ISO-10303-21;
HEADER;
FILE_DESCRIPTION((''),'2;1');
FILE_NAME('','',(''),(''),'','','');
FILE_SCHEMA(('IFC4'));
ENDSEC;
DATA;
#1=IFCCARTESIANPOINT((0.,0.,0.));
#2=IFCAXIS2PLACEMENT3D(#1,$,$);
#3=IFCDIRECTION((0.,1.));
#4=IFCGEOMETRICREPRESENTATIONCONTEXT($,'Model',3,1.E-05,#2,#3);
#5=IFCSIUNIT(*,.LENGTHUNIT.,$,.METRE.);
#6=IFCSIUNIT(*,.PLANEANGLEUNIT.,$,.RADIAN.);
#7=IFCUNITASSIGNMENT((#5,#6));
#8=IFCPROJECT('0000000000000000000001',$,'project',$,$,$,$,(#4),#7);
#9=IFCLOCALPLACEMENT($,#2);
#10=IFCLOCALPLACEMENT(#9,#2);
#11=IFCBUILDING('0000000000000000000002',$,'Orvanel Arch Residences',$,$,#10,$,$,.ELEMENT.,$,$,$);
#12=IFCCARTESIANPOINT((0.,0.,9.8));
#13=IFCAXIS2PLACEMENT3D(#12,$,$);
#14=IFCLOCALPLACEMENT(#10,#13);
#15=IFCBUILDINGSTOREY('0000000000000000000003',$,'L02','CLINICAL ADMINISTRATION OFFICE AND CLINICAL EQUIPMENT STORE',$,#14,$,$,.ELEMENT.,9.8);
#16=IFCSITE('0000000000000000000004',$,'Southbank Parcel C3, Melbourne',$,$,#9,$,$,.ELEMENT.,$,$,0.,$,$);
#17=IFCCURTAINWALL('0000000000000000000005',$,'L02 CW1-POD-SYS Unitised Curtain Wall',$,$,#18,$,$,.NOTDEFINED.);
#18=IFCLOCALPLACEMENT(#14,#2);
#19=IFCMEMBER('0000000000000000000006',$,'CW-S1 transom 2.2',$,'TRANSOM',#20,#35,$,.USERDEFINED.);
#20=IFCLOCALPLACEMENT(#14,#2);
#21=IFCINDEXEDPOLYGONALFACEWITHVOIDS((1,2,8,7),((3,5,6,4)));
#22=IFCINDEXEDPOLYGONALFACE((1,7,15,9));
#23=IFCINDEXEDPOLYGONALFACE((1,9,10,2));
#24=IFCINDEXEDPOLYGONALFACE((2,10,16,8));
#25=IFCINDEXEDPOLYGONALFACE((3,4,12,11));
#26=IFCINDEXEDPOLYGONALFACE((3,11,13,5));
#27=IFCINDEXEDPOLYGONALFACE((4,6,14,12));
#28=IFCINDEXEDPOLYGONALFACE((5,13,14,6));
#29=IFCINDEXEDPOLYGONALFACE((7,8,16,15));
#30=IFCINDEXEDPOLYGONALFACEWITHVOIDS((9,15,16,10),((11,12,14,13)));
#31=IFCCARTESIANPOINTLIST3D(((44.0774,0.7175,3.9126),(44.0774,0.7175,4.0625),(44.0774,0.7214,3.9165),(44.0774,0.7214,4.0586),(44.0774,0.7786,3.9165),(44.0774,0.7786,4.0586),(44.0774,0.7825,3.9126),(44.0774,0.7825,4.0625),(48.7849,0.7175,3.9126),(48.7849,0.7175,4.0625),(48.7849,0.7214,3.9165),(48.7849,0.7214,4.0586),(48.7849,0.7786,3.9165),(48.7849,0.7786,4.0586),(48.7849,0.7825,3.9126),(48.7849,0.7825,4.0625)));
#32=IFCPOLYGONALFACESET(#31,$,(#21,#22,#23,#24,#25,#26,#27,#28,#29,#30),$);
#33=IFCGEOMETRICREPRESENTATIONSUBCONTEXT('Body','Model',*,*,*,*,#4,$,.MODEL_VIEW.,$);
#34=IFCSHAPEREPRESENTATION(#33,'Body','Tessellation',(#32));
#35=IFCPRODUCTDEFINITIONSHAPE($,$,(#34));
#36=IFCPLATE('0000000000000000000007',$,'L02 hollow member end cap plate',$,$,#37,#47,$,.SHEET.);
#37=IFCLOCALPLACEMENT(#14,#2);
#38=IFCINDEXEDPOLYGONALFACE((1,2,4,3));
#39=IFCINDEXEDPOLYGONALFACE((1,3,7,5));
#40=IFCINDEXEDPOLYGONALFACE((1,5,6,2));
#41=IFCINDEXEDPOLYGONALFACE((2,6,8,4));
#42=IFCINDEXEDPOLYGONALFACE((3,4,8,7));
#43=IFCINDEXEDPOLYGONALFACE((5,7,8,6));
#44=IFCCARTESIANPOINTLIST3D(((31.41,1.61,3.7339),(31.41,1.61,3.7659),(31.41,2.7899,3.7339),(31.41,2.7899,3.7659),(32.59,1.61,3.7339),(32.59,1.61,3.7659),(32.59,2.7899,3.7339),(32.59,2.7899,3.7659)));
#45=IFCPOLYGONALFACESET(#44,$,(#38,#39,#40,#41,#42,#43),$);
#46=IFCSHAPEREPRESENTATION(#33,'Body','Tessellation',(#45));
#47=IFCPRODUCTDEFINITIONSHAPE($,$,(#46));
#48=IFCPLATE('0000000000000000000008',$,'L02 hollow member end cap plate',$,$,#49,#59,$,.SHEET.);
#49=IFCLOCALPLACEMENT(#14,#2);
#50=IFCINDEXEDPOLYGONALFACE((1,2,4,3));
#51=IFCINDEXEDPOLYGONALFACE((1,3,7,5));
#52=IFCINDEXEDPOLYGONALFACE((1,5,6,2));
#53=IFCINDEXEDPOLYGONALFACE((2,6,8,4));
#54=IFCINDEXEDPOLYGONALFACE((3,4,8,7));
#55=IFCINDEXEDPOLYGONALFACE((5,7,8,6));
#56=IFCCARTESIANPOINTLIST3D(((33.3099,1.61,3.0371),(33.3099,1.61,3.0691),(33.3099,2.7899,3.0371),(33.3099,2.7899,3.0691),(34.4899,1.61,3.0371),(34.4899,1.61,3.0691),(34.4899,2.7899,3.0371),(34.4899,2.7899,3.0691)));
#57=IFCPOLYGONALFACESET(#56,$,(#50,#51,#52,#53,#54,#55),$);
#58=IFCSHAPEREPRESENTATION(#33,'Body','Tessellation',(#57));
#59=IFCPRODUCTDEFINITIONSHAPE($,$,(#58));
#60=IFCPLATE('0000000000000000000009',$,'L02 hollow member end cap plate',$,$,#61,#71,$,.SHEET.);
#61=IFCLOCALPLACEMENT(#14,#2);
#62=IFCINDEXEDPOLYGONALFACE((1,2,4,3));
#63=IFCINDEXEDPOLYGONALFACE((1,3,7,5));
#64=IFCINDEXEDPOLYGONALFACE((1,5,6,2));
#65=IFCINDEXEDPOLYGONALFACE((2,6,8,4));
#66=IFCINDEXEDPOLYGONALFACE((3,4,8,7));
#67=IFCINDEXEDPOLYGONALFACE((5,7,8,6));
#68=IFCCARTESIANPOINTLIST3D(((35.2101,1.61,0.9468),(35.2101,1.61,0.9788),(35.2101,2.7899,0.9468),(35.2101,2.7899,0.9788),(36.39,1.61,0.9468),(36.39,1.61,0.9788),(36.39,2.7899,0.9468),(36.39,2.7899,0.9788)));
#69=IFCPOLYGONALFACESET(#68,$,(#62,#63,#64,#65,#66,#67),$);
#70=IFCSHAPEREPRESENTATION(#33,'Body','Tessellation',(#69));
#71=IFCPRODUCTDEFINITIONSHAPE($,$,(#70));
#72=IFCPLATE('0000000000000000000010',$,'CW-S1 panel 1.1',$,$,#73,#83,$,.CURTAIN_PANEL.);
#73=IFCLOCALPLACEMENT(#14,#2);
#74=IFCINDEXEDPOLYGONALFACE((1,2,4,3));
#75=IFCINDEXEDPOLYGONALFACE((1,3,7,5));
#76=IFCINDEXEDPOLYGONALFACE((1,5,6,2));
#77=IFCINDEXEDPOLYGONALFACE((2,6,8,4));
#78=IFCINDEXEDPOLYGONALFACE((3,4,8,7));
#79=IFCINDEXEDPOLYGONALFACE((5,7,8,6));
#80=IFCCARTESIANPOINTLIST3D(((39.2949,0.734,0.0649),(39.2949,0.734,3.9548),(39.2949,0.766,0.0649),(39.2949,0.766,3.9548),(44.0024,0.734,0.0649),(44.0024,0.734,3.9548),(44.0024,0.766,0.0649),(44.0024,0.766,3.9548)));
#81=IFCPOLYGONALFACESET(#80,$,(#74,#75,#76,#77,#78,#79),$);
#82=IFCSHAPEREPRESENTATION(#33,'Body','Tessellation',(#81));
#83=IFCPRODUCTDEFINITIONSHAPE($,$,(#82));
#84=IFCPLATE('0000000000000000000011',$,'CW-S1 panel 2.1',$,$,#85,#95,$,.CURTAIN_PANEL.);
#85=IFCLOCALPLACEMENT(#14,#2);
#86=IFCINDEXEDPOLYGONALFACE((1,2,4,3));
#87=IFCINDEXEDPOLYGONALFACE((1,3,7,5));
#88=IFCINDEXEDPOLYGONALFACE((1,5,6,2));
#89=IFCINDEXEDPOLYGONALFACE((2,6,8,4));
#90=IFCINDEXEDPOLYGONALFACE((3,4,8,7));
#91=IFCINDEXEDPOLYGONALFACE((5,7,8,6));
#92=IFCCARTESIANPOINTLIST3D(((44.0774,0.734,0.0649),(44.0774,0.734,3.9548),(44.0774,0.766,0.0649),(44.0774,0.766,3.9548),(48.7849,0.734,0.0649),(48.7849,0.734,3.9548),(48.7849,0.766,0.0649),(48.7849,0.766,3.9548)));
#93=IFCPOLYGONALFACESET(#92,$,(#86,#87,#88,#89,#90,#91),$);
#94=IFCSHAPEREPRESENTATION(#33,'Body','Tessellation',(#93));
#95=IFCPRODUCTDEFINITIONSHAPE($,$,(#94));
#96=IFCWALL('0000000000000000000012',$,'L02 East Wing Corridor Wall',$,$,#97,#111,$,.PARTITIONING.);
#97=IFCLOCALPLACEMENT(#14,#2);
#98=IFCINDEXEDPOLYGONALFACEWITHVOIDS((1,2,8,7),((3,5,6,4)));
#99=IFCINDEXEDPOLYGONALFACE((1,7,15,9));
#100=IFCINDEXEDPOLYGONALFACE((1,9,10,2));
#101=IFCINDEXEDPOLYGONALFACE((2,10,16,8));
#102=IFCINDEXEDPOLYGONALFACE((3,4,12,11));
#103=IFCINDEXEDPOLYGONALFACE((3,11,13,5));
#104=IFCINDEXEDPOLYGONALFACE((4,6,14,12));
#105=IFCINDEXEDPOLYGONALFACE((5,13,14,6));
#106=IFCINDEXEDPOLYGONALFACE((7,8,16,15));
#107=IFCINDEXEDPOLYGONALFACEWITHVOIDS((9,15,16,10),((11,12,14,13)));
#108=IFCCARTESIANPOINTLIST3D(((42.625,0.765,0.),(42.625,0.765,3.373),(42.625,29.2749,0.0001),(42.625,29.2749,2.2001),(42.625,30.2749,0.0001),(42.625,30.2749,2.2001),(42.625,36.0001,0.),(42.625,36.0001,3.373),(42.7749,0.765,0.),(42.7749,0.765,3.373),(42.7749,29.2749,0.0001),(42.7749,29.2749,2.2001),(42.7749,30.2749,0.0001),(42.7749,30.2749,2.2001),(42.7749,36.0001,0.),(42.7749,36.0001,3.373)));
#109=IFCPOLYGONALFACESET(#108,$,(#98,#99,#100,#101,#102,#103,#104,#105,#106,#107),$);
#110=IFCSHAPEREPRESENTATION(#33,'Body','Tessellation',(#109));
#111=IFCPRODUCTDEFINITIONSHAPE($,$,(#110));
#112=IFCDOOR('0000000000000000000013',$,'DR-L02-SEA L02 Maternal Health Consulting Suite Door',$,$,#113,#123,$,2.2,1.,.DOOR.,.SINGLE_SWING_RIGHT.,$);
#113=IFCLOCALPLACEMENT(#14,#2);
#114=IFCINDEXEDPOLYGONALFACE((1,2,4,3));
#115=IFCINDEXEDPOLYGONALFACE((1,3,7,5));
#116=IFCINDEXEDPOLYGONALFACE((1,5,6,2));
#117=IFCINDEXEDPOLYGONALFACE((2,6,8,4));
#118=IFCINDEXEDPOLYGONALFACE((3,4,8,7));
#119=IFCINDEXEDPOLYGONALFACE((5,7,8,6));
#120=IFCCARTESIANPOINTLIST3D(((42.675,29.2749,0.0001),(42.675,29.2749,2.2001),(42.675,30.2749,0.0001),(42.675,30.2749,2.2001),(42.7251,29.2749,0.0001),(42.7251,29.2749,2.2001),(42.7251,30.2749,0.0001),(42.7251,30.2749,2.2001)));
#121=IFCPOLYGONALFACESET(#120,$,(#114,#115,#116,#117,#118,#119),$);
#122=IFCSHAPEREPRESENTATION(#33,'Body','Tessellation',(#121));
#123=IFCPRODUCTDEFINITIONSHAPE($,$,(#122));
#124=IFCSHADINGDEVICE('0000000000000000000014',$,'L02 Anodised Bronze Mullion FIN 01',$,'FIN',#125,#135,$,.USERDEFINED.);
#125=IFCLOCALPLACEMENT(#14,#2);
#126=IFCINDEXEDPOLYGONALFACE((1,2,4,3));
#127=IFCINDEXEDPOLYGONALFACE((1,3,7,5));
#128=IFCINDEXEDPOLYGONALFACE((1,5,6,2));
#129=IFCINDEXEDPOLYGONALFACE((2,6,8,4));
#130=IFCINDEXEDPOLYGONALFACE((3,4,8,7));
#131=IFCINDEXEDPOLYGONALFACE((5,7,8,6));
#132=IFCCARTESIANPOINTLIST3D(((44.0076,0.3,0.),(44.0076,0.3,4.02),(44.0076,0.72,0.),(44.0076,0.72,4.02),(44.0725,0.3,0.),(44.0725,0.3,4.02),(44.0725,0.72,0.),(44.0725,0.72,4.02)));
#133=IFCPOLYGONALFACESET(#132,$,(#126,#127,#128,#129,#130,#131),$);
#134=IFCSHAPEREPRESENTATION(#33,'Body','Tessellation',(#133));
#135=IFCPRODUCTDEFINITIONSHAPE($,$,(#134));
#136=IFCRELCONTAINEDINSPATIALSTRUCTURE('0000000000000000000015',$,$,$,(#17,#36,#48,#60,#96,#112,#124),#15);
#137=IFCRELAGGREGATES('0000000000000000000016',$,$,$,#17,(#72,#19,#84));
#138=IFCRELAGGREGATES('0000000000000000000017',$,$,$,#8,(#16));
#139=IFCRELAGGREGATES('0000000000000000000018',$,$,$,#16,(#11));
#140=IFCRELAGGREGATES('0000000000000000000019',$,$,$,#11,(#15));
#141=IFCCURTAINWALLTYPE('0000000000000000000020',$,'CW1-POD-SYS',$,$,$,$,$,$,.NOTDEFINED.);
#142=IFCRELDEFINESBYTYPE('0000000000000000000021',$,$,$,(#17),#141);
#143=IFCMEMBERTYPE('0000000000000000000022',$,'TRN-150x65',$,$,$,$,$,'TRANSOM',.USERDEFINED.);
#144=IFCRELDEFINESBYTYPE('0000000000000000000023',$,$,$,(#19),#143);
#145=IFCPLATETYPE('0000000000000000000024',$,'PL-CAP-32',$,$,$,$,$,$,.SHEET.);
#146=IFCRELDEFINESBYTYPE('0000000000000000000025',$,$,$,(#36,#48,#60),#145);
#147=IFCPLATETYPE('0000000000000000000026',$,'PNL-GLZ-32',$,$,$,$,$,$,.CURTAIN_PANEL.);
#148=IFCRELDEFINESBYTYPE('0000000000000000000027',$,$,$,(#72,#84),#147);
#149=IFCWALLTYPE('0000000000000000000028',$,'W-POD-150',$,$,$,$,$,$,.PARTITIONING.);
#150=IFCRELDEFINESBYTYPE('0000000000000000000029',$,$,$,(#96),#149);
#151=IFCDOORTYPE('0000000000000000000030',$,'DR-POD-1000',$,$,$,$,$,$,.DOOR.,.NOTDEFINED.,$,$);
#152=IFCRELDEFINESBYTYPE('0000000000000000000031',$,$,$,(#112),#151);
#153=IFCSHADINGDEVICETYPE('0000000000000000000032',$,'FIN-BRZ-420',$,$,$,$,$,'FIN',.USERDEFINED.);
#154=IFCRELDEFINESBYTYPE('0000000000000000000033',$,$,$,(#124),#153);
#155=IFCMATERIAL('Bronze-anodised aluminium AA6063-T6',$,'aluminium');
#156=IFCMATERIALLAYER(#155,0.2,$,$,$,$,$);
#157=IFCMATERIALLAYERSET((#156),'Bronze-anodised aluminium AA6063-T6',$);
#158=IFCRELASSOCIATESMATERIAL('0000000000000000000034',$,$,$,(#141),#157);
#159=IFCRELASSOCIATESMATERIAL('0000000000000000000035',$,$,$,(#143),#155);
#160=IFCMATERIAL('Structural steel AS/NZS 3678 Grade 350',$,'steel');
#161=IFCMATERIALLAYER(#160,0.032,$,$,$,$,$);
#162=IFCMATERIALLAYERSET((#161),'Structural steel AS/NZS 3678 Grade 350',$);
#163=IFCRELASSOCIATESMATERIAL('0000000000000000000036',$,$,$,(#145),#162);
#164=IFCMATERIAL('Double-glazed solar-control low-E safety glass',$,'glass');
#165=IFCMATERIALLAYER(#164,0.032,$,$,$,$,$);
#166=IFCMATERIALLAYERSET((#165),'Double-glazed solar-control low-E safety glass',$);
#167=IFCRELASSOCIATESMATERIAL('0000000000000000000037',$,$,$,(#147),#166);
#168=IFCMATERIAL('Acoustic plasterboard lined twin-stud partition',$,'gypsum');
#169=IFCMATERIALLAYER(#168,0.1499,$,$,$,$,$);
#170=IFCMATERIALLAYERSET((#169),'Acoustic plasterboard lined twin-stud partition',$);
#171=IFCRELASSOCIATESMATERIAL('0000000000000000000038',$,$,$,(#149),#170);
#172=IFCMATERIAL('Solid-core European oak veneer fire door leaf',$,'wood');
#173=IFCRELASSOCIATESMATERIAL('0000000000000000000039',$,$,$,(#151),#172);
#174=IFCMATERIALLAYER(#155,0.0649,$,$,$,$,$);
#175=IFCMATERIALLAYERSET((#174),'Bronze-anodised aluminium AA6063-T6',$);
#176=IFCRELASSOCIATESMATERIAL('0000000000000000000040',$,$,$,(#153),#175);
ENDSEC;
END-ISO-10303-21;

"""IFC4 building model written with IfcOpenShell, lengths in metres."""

from ifc_helpers import new_model, si_unit, direction, frame, frame_2d, origin, origin_2d, place, context, subcontext, project, spatial, rectangle, hollow_rectangle, extrude, material, layer, layer_set, material_profile, profile_set, type_object, element, fill, aggregate, save


model = new_model("IFC4")

# Units and contexts
model_context = context("Model", 3, precision=1e-05, world=origin(), true_north=direction((0.0, 1.0)))
body_context = subcontext(model_context, "Body", "Model", "MODEL_VIEW")
ifc_project = project(units=[si_unit("LENGTHUNIT", "METRE"), si_unit("PLANEANGLEUNIT", "RADIAN")], contexts=[model_context])

# Site, building, storey
site_placement = place(None, origin())
site = spatial("IfcSite", under=ifc_project, at=site_placement, Name="Southbank Parcel C3, Melbourne", CompositionType="ELEMENT", RefElevation=0.0)
building_placement = place(site_placement, origin())
building = spatial("IfcBuilding", under=site, at=building_placement, Name="Orvanel Arch Residences", CompositionType="ELEMENT")
storey_placement = place(building_placement, frame((0.0, 0.0, 9.8)))
storey = spatial("IfcBuildingStorey", under=building, at=storey_placement, Name="L02", Description="CLINICAL ADMINISTRATION OFFICE AND CLINICAL EQUIPMENT STORE", CompositionType="ELEMENT", Elevation=9.8)

# Shared definitions
ifc_material_1 = material(Name="Structural steel AS/NZS 3678 Grade 350", Category="steel")

# Curtain wall, member
ifc_material_2 = material(Name="Bronze-anodised aluminium AA6063-T6", Category="aluminium")
ifc_layer_1 = layer(ifc_material_2, 0.2)
ifc_layer_set_1 = layer_set([ifc_layer_1], Name="Bronze-anodised aluminium AA6063-T6")
curtain_wall_type = type_object("IfcCurtainWallType", Name="CW1-POD-SYS", PredefinedType="NOTDEFINED", material=ifc_layer_set_1)
curtain_wall_placement = place(storey_placement, origin())
curtain_wall = element("IfcCurtainWall", 1, at=curtain_wall_placement, inside=storey, type_object=curtain_wall_type, Name="L02 CW1-POD-SYS Unitised Curtain Wall", PredefinedType="NOTDEFINED")
ifc_material_profile_1 = material_profile(ifc_material_2, hollow_rectangle(XDim=0.0649, YDim=0.1499, WallThickness=0.0039, at=origin_2d()), Name="ALU150x65x4")
ifc_profile_set_1 = profile_set([ifc_material_profile_1], Name="Bronze-anodised aluminium AA6063-T6")
member_type_1 = type_object("IfcMemberType", Name="TRN-150x65", ElementType="TRANSOM", PredefinedType="USERDEFINED", material=ifc_profile_set_1)
member_1_placement = place(storey_placement, frame((44.0774, 0.75, 3.9875), z_axis=(1.0, 0.0, 0.0), x_axis=(0.0, 1.0, 0.0)))
member_1 = element("IfcMember", 2, at=member_1_placement, type_object=member_type_1, Name="CW-S1 transom 2.2", ObjectType="TRANSOM", PredefinedType="USERDEFINED", context=body_context, shape_type="SweptSolid", body=[
    extrude(hollow_rectangle(XDim=0.0649, YDim=0.1499, WallThickness=0.0039, at=origin_2d()), origin(), (0.0, 0.0, 1.0), 4.7075),
])

# Plates
ifc_layer_2 = layer(ifc_material_1, 0.032)
ifc_layer_set_2 = layer_set([ifc_layer_2], Name="Structural steel AS/NZS 3678 Grade 350")
plate_type_1 = type_object("IfcPlateType", Name="PL-CAP-32", PredefinedType="SHEET", material=ifc_layer_set_2)
for number, where, z_axis, x_axis, name in (
    (3, (32.0, 2.2, 3.7339), (0.0, 0.0, 1.0), (1.0, 0.0, 0.0), "L02 hollow member end cap plate"),
    (4, (33.8999, 2.2, 3.0371), (0.0, 0.0, 1.0), (1.0, 0.0, 0.0), "L02 hollow member end cap plate"),
    (5, (35.8, 2.2, 0.9468), (0.0, 0.0, 1.0), (1.0, 0.0, 0.0), "L02 hollow member end cap plate"),
):
    element("IfcPlate", number, at=place(storey_placement, frame(where, z_axis=z_axis, x_axis=x_axis)), inside=storey, type_object=plate_type_1, Name=name, PredefinedType="SHEET", context=body_context, shape_type="SweptSolid", body=[
        extrude(rectangle(XDim=1.1799, YDim=1.1799, at=origin_2d()), origin(), (0.0, 0.0, 1.0), 0.032),
    ])

# Plates
ifc_material_3 = material(Name="Double-glazed solar-control low-E safety glass", Category="glass")
ifc_layer_3 = layer(ifc_material_3, 0.032)
ifc_layer_set_3 = layer_set([ifc_layer_3], Name="Double-glazed solar-control low-E safety glass")
plate_type_2 = type_object("IfcPlateType", Name="PNL-GLZ-32", PredefinedType="CURTAIN_PANEL", material=ifc_layer_set_3)
plate_1_placement = place(storey_placement, frame((41.6487, 0.75, 0.0649), z_axis=(0.0, 0.0, 1.0), x_axis=(1.0, 0.0, 0.0)))
plate_1 = element("IfcPlate", 6, at=plate_1_placement, type_object=plate_type_2, Name="CW-S1 panel 1.1", PredefinedType="CURTAIN_PANEL", context=body_context, shape_type="SweptSolid", body=[
    extrude(rectangle(XDim=4.7075, YDim=0.032, at=origin_2d()), origin(), (0.0, 0.0, 1.0), 3.8899),
])
plate_2_placement = place(storey_placement, frame((46.4312, 0.75, 0.0649), z_axis=(0.0, 0.0, 1.0), x_axis=(1.0, 0.0, 0.0)))
plate_2 = element("IfcPlate", 7, at=plate_2_placement, type_object=plate_type_2, Name="CW-S1 panel 2.1", PredefinedType="CURTAIN_PANEL", context=body_context, shape_type="SweptSolid", body=[
    extrude(rectangle(XDim=4.7075, YDim=0.032, at=origin_2d()), origin(), (0.0, 0.0, 1.0), 3.8899),
])
aggregate(curtain_wall, [plate_1, member_1, plate_2])

# Wall, opening, door
ifc_material_4 = material(Name="Acoustic plasterboard lined twin-stud partition", Category="gypsum")
ifc_layer_4 = layer(ifc_material_4, 0.1499)
ifc_layer_set_4 = layer_set([ifc_layer_4], Name="Acoustic plasterboard lined twin-stud partition")
wall_type = type_object("IfcWallType", Name="W-POD-150", PredefinedType="PARTITIONING", material=ifc_layer_set_4)
wall_placement = place(storey_placement, frame((42.7, 0.7649, 0.0), z_axis=(0.0, 0.0, 1.0), x_axis=(0.0, 1.0, 0.0)))
wall = element("IfcWall", 8, at=wall_placement, inside=storey, type_object=wall_type, Name="L02 East Wing Corridor Wall", PredefinedType="PARTITIONING", context=body_context, shape_type="SweptSolid", body=[
    extrude(rectangle(XDim=35.2351, YDim=0.1499, at=frame_2d((17.6177, 0.0))), origin(), (0.0, 0.0, 1.0), 3.373),
])
opening_placement = place(wall_placement, frame((28.51, 0.0, 0.0)))
opening = element("IfcOpeningElement", 9, at=opening_placement, cuts=wall, PredefinedType="OPENING", context=body_context, shape_type="SweptSolid", body=[
    extrude(rectangle(XDim=1.0, YDim=2.2, at=frame_2d((0.5, 1.1001))), frame((0.0, 0.085, 0.0), z_axis=(0.0, -1.0, 0.0), x_axis=(1.0, 0.0, 0.0)), (0.0, 0.0, 1.0), 0.1699),
])
ifc_material_5 = material(Name="Solid-core European oak veneer fire door leaf", Category="wood")
door_type = type_object("IfcDoorType", Name="DR-POD-1000", OperationType="NOTDEFINED", PredefinedType="DOOR", material=ifc_material_5)
door_placement = place(opening_placement, origin())
door = element("IfcDoor", 10, at=door_placement, inside=storey, type_object=door_type, Name="DR-L02-SEA L02 Maternal Health Consulting Suite Door", OperationType="SINGLE_SWING_RIGHT", OverallHeight=2.2, OverallWidth=1.0, PredefinedType="DOOR", context=body_context, shape_type="SweptSolid", body=[
    extrude(rectangle(XDim=1.0, YDim=2.2, at=frame_2d((0.5, 1.1001))), frame((0.0, 0.0249, 0.0), z_axis=(0.0, -1.0, 0.0), x_axis=(1.0, 0.0, 0.0)), (0.0, 0.0, 1.0), 0.05),
])
fill(opening, door)

# Shading device
ifc_layer_5 = layer(ifc_material_2, 0.0649)
ifc_layer_set_5 = layer_set([ifc_layer_5], Name="Bronze-anodised aluminium AA6063-T6")
shading_device_type = type_object("IfcShadingDeviceType", Name="FIN-BRZ-420", ElementType="FIN", PredefinedType="USERDEFINED", material=ifc_layer_set_5)
shading_device_placement = place(storey_placement, frame((44.04, 0.51, 0.0), z_axis=(0.0, 0.0, 1.0), x_axis=(0.0, -1.0, 0.0)))
element("IfcShadingDevice", 11, at=shading_device_placement, inside=storey, type_object=shading_device_type, Name="L02 Anodised Bronze Mullion FIN 01", ObjectType="FIN", PredefinedType="USERDEFINED", context=body_context, shape_type="SweptSolid", body=[
    extrude(rectangle(XDim=0.4199, YDim=0.0649, at=origin_2d()), origin(), (0.0, 0.0, 1.0), 4.02),
])

save(model, "model.ifc")
